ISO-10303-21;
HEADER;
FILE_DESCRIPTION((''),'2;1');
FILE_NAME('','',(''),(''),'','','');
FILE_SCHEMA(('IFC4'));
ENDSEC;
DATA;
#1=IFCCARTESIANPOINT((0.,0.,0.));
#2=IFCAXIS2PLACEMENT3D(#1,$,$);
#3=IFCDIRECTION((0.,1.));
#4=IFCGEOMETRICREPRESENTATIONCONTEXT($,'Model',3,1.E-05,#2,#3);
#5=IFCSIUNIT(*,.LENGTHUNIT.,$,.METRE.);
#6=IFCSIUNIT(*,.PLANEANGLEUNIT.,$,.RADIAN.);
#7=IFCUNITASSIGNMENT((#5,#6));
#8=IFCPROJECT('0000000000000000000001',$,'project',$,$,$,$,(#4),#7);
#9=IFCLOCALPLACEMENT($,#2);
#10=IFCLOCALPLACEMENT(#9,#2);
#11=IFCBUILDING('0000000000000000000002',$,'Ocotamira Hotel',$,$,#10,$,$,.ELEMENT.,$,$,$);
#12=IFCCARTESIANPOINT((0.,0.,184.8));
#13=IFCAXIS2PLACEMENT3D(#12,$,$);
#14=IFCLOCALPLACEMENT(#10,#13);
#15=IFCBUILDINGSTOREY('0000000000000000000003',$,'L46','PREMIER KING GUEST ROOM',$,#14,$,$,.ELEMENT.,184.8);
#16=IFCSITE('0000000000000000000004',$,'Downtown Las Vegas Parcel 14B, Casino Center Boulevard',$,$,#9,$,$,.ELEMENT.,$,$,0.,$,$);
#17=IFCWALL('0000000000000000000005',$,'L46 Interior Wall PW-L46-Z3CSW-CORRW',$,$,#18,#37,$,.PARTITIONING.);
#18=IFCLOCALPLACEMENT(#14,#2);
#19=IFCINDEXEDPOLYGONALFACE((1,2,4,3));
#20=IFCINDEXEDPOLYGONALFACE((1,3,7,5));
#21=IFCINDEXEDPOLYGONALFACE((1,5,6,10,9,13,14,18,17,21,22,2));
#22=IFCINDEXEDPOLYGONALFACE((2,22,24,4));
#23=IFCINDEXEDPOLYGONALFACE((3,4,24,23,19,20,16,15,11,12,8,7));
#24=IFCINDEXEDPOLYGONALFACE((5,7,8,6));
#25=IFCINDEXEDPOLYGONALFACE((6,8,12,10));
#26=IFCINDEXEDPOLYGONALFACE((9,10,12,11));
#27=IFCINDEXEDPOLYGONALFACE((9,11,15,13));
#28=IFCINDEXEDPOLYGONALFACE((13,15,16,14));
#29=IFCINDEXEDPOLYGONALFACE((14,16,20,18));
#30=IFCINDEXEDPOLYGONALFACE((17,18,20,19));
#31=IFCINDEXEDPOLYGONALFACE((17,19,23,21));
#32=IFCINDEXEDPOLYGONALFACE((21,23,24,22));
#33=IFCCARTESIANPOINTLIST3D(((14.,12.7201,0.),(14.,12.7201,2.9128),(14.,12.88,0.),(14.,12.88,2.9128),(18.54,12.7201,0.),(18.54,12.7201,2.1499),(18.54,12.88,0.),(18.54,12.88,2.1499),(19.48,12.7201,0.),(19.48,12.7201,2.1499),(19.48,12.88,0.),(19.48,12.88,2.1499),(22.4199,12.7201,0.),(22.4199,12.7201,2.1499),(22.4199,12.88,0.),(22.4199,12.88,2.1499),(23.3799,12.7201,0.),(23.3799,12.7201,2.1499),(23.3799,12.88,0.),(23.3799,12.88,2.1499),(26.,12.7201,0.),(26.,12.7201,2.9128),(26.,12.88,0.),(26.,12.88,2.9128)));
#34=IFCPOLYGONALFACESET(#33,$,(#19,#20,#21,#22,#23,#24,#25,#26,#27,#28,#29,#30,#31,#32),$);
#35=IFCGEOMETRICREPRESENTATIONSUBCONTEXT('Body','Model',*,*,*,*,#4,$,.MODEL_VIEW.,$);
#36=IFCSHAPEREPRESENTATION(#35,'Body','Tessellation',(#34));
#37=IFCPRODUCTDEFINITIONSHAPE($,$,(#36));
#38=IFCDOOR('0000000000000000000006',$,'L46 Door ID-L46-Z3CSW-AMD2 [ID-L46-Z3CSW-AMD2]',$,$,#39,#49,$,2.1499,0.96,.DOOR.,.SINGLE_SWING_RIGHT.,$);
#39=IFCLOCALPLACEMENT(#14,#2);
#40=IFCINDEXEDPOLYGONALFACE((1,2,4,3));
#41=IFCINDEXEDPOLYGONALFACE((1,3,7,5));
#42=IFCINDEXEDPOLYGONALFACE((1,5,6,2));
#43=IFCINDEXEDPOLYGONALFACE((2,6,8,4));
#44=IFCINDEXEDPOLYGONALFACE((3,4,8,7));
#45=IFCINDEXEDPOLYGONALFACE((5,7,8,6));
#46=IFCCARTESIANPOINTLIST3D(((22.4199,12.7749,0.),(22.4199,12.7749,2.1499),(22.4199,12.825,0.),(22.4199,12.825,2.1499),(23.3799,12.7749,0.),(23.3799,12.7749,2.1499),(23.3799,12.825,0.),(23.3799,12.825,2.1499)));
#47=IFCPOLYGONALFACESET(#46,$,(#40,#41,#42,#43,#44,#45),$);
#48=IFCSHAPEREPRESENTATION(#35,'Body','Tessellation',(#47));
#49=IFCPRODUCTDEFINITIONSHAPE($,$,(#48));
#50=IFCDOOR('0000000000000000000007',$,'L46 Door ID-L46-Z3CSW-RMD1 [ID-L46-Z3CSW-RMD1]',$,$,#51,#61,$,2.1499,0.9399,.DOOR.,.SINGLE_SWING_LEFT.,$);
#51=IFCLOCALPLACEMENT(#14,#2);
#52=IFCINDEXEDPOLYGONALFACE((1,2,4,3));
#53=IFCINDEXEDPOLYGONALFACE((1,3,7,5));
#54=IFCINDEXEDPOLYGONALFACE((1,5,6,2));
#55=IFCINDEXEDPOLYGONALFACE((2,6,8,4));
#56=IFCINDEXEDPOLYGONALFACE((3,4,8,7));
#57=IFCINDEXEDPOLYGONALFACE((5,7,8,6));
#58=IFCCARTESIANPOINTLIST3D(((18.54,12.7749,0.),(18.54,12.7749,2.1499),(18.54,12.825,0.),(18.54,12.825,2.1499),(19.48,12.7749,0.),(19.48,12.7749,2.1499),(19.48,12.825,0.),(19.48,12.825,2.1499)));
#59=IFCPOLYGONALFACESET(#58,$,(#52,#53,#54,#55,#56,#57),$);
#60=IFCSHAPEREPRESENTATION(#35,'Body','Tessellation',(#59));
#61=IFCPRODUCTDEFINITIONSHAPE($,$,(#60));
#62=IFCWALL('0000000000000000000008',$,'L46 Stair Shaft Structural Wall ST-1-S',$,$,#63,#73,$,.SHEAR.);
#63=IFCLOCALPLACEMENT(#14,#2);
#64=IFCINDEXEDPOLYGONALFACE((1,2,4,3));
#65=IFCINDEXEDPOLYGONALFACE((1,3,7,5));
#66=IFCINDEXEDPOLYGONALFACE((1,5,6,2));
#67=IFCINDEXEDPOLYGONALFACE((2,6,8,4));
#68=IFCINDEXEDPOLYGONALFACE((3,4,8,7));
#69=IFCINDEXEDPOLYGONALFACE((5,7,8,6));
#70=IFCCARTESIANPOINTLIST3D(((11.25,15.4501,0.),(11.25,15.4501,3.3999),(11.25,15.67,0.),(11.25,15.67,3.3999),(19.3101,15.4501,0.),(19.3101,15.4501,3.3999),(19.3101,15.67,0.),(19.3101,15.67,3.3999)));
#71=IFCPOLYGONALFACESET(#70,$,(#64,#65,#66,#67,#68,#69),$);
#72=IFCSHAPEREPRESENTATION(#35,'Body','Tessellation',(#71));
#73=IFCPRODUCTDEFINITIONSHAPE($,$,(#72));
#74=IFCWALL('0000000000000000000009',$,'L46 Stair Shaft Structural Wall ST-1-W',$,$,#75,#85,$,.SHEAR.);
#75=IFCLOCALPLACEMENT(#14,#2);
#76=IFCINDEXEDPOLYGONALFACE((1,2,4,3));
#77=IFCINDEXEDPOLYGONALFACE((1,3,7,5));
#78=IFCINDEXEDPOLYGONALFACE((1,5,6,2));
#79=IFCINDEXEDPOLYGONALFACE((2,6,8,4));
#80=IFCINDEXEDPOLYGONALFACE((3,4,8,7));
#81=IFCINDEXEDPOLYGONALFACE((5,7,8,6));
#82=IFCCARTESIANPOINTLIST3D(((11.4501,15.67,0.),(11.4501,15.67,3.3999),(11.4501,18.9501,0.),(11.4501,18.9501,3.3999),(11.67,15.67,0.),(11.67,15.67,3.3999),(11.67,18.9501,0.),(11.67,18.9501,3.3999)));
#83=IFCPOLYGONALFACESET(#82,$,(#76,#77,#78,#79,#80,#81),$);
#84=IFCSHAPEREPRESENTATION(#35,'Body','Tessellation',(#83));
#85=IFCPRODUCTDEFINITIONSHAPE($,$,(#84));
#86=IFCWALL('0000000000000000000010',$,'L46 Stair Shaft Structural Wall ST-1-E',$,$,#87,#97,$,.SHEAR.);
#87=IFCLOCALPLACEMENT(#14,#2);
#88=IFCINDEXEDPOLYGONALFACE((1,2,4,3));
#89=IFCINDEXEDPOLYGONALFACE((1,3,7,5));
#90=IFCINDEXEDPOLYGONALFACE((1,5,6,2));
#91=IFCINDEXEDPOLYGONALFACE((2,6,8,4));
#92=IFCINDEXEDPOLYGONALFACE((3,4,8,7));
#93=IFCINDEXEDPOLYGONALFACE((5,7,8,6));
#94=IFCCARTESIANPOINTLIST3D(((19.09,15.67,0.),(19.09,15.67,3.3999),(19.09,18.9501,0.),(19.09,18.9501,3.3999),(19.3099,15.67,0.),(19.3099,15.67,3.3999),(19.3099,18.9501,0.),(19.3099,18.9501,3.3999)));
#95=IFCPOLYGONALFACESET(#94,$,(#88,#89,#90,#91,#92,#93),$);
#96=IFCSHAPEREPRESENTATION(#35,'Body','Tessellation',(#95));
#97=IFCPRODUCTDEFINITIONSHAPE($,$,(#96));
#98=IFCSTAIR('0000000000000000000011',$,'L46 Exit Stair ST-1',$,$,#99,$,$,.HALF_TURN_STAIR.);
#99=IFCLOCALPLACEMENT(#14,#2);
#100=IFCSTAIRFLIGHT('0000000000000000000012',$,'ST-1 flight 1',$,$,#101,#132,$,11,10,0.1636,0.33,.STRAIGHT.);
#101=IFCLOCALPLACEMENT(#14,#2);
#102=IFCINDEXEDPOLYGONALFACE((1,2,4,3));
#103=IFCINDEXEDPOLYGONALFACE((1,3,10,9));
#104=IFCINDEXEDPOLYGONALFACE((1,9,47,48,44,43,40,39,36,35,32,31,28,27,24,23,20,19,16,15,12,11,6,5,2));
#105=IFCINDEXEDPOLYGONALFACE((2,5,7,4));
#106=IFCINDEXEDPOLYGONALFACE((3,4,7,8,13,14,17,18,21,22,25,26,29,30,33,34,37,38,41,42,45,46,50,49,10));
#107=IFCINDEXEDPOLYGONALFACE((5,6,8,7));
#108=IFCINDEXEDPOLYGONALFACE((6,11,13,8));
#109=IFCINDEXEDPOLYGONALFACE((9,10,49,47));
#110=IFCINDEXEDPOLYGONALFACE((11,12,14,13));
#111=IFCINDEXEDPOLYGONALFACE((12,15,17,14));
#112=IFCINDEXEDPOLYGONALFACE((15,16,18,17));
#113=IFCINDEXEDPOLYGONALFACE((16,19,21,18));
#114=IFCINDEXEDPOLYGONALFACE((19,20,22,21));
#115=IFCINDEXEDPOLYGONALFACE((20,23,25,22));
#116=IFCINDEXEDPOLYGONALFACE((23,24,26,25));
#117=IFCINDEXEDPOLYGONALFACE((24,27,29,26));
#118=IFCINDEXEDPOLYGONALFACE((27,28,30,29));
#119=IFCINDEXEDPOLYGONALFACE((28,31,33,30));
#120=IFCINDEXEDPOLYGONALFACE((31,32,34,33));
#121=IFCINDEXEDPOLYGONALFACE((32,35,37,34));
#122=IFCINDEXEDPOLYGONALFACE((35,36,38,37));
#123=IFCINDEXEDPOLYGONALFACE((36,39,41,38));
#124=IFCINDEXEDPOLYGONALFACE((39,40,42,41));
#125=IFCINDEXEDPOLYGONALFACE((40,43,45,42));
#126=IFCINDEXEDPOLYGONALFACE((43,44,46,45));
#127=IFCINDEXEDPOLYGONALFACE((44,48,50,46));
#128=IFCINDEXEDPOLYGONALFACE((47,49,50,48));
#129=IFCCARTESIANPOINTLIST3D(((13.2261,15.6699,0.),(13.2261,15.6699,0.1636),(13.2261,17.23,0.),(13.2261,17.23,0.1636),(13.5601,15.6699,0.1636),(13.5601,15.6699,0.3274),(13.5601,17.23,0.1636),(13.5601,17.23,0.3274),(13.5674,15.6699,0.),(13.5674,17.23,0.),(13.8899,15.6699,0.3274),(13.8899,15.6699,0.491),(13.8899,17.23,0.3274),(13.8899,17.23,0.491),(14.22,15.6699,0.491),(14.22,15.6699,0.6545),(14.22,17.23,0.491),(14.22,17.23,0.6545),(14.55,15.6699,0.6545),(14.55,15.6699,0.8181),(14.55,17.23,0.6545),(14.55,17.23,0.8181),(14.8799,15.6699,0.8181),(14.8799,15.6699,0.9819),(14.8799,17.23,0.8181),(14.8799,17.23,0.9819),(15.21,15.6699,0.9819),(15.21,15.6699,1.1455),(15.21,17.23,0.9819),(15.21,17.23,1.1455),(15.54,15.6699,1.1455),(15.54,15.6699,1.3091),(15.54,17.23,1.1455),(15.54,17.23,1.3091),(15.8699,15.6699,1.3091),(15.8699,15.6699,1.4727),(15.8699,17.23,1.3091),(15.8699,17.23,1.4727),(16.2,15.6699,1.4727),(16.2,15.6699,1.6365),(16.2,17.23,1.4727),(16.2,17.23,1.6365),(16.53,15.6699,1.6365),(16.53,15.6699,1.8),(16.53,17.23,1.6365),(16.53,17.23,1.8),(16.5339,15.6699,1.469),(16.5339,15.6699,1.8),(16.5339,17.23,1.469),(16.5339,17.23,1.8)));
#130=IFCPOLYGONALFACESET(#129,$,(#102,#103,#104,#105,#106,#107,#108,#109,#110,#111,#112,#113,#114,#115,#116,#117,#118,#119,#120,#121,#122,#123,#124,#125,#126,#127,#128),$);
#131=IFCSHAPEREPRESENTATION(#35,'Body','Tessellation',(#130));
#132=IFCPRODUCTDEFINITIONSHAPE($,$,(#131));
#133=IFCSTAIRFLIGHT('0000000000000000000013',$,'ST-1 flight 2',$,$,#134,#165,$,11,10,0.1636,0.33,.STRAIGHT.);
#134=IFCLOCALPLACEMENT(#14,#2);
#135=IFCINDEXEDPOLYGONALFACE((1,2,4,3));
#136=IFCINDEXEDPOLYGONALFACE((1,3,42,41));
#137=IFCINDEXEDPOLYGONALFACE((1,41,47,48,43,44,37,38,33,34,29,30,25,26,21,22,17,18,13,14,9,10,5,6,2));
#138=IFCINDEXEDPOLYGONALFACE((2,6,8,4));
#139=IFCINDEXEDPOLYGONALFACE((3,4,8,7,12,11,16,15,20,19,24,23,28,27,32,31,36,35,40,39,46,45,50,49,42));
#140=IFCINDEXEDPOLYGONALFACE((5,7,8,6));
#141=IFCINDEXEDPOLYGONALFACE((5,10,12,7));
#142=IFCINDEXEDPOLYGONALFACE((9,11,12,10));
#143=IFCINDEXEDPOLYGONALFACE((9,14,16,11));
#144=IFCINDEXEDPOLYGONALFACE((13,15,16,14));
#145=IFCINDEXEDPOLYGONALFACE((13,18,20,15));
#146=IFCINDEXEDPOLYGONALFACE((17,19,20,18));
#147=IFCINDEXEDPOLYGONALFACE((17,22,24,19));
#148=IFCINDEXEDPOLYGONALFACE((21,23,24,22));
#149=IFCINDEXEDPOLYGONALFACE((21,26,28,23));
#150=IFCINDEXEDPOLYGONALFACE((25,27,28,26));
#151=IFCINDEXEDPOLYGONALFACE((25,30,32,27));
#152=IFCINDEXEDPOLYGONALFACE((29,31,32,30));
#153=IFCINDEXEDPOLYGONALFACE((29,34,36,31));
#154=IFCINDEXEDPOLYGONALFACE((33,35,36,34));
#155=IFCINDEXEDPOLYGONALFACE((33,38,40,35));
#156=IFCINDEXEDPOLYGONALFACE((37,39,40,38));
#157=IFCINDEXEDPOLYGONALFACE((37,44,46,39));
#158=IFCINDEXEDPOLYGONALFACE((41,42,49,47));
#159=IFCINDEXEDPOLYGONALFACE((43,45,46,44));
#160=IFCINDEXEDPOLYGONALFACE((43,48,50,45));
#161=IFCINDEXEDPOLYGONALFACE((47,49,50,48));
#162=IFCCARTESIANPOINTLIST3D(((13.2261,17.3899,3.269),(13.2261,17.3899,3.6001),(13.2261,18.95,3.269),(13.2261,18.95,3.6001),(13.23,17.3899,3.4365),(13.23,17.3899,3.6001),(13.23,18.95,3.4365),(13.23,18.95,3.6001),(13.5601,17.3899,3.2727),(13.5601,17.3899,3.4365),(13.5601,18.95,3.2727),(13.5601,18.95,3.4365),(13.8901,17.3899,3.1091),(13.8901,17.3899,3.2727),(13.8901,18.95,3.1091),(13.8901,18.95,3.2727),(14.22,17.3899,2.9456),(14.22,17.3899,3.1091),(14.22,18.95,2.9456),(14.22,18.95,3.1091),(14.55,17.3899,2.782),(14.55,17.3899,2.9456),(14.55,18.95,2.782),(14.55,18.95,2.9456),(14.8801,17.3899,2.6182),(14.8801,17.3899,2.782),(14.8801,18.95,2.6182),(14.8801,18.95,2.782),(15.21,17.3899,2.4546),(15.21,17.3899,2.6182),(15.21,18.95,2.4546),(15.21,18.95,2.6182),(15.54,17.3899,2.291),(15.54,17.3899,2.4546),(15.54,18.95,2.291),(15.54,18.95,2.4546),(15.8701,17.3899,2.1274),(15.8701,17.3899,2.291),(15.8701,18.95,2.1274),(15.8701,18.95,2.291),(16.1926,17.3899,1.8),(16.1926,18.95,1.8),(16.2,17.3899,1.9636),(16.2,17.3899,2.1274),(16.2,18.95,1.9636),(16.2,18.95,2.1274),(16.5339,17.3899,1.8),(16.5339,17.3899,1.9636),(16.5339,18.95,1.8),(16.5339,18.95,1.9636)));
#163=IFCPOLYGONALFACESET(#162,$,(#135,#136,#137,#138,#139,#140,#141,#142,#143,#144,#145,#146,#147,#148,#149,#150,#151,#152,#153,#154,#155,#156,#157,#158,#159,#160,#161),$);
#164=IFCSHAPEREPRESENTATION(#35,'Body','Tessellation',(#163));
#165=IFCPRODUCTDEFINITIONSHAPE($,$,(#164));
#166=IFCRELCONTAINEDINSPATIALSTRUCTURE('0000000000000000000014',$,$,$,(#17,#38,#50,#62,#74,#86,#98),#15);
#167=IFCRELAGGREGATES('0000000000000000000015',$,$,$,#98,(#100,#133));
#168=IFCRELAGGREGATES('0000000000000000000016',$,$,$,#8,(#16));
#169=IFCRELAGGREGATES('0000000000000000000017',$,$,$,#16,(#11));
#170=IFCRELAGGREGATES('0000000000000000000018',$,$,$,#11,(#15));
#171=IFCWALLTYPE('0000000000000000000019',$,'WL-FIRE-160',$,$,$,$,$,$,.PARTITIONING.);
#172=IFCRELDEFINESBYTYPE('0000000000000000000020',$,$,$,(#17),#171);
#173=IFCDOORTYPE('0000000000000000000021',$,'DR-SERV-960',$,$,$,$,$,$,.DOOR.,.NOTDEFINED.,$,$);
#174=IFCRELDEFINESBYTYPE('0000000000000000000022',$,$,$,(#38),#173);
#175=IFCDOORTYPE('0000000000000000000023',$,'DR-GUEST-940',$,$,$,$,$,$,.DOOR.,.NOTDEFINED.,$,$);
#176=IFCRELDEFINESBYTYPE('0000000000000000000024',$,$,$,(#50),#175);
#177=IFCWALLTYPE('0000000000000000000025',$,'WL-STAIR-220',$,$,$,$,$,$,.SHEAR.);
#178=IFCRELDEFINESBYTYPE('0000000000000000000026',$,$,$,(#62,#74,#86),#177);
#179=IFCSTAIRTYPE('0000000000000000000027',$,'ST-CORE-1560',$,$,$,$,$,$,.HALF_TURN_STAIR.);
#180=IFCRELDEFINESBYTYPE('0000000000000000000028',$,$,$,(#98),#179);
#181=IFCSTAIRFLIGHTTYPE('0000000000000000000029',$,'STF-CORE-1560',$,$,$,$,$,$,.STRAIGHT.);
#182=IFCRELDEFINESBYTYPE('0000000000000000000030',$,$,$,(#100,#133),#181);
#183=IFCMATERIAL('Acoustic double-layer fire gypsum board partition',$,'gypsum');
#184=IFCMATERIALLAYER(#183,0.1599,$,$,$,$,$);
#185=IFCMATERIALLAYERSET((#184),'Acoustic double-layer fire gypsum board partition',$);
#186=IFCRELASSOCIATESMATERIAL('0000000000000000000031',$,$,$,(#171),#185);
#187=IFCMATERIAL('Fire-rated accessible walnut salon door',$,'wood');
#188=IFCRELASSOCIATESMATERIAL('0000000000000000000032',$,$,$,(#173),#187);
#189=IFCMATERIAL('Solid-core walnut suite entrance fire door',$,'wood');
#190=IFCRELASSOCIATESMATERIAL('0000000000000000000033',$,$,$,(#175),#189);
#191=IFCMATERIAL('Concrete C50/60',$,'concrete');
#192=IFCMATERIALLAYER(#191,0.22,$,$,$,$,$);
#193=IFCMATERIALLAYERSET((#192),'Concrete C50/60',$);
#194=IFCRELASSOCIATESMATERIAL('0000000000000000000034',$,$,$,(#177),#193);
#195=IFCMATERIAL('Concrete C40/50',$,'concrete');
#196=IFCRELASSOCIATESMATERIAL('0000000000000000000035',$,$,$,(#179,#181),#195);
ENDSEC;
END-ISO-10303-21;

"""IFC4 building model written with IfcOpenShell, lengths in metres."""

from ifc_helpers import new_model, si_unit, direction, frame, frame_2d, origin, place, context, subcontext, project, spatial, polyline, rectangle, outline, extrude, source, transform, mapped, material, layer, layer_set, type_object, element, fill, aggregate, save


model = new_model("IFC4")

# Units and contexts
model_context = context("Model", 3, precision=1e-05, world=origin(), true_north=direction((0.0, 1.0)))
body_context = subcontext(model_context, "Body", "Model", "MODEL_VIEW")
ifc_project = project(units=[si_unit("LENGTHUNIT", "METRE"), si_unit("PLANEANGLEUNIT", "RADIAN")], contexts=[model_context])

# Site, building, storey
site_placement = place(None, origin())
site = spatial("IfcSite", under=ifc_project, at=site_placement, Name="Downtown Las Vegas Parcel 14B, Casino Center Boulevard", CompositionType="ELEMENT", RefElevation=0.0)
building_placement = place(site_placement, origin())
building = spatial("IfcBuilding", under=site, at=building_placement, Name="Ocotamira Hotel", CompositionType="ELEMENT")
storey_placement = place(building_placement, frame((0.0, 0.0, 184.8)))
storey = spatial("IfcBuildingStorey", under=building, at=storey_placement, Name="L46", Description="PREMIER KING GUEST ROOM", CompositionType="ELEMENT", Elevation=184.8)

# Shared definitions
ifc_material_1 = material(Name="Concrete C50/60", Category="concrete")

# Wall, openings, doors
ifc_material_2 = material(Name="Acoustic double-layer fire gypsum board partition", Category="gypsum")
ifc_layer_1 = layer(ifc_material_2, 0.1599)
ifc_layer_set_1 = layer_set([ifc_layer_1], Name="Acoustic double-layer fire gypsum board partition")
wall_type_1 = type_object("IfcWallType", Name="WL-FIRE-160", PredefinedType="PARTITIONING", material=ifc_layer_set_1)
wall_1_placement = place(storey_placement, frame((14.0, 12.8, 0.0), z_axis=(0.0, 0.0, 1.0), x_axis=(1.0, 0.0, 0.0)))
wall_1 = element("IfcWall", 1, at=wall_1_placement, inside=storey, type_object=wall_type_1, Name="L46 Interior Wall PW-L46-Z3CSW-CORRW", PredefinedType="PARTITIONING", context=body_context, shape_type="SweptSolid", body=[
    extrude(rectangle(XDim=12.0, YDim=0.1599, at=frame_2d((6.0, 0.0))), origin(), (0.0, 0.0, 1.0), 2.9128),
])
opening_1_placement = place(wall_1_placement, frame((4.54, 0.0, 0.0)))
opening_1 = element("IfcOpeningElement", 2, at=opening_1_placement, cuts=wall_1, PredefinedType="OPENING", context=body_context, shape_type="SweptSolid", body=[
    extrude(rectangle(XDim=0.9399, YDim=2.1499, at=frame_2d((0.47, 1.075))), frame((0.0, 0.0898, 0.0), z_axis=(0.0, -1.0, 0.0), x_axis=(1.0, 0.0, 0.0)), (0.0, 0.0, 1.0), 0.1799),
])
opening_2_placement = place(wall_1_placement, frame((8.4199, 0.0, 0.0)))
opening_2 = element("IfcOpeningElement", 3, at=opening_2_placement, cuts=wall_1, PredefinedType="OPENING", context=body_context, shape_type="SweptSolid", body=[
    extrude(rectangle(XDim=0.96, YDim=2.1499, at=frame_2d((0.48, 1.075))), frame((0.0, 0.0898, 0.0), z_axis=(0.0, -1.0, 0.0), x_axis=(1.0, 0.0, 0.0)), (0.0, 0.0, 1.0), 0.1799),
])
ifc_material_3 = material(Name="Fire-rated accessible walnut salon door", Category="wood")
door_type_1 = type_object("IfcDoorType", Name="DR-SERV-960", OperationType="NOTDEFINED", PredefinedType="DOOR", material=ifc_material_3)
shared_shape_1 = source(origin(), body_context, "Body", "SweptSolid", [
    extrude(rectangle(XDim=0.96, YDim=2.1499, at=frame_2d((0.48, 1.075))), frame((0.0, 0.0249, 0.0), z_axis=(0.0, -1.0, 0.0), x_axis=(1.0, 0.0, 0.0)), (0.0, 0.0, 1.0), 0.05),
])
door_1_placement = place(opening_2_placement, origin())
door_1 = element("IfcDoor", 4, at=door_1_placement, inside=storey, type_object=door_type_1, Name="L46 Door ID-L46-Z3CSW-AMD2 [ID-L46-Z3CSW-AMD2]", OperationType="SINGLE_SWING_RIGHT", OverallHeight=2.1499, OverallWidth=0.96, PredefinedType="DOOR", context=body_context, shape_type="MappedRepresentation", body=[
    mapped(shared_shape_1, transform((0.0, 0.0, 0.0), scale=1.0)),
])
fill(opening_2, door_1)
ifc_material_4 = material(Name="Solid-core walnut suite entrance fire door", Category="wood")
door_type_2 = type_object("IfcDoorType", Name="DR-GUEST-940", OperationType="NOTDEFINED", PredefinedType="DOOR", material=ifc_material_4)
shared_shape_2 = source(origin(), body_context, "Body", "SweptSolid", [
    extrude(rectangle(XDim=0.9399, YDim=2.1499, at=frame_2d((0.47, 1.075))), frame((0.0, 0.0249, 0.0), z_axis=(0.0, -1.0, 0.0), x_axis=(1.0, 0.0, 0.0)), (0.0, 0.0, 1.0), 0.05),
])
door_2_placement = place(opening_1_placement, origin())
door_2 = element("IfcDoor", 5, at=door_2_placement, inside=storey, type_object=door_type_2, Name="L46 Door ID-L46-Z3CSW-RMD1 [ID-L46-Z3CSW-RMD1]", OperationType="SINGLE_SWING_LEFT", OverallHeight=2.1499, OverallWidth=0.9399, PredefinedType="DOOR", context=body_context, shape_type="MappedRepresentation", body=[
    mapped(shared_shape_2, transform((0.0, 0.0, 0.0), scale=1.0)),
])
fill(opening_1, door_2)

# Walls
ifc_layer_2 = layer(ifc_material_1, 0.22)
ifc_layer_set_2 = layer_set([ifc_layer_2], Name="Concrete C50/60")
wall_type_2 = type_object("IfcWallType", Name="WL-STAIR-220", PredefinedType="SHEAR", material=ifc_layer_set_2)
wall_2_placement = place(storey_placement, frame((11.25, 15.5601, 0.0), z_axis=(0.0, 0.0, 1.0), x_axis=(1.0, 0.0, 0.0)))
element("IfcWall", 6, at=wall_2_placement, inside=storey, type_object=wall_type_2, Name="L46 Stair Shaft Structural Wall ST-1-S", PredefinedType="SHEAR", context=body_context, shape_type="SweptSolid", body=[
    extrude(rectangle(XDim=8.0601, YDim=0.22, at=frame_2d((4.03, 0.0))), origin(), (0.0, 0.0, 1.0), 3.3999),
])
for number, where, z_axis, x_axis, name in (
    (7, (11.5601, 15.6699, 0.0), (0.0, 0.0, 1.0), (0.0, 1.0, 0.0), "L46 Stair Shaft Structural Wall ST-1-W"),
    (8, (19.2, 15.6699, 0.0), (0.0, 0.0, 1.0), (0.0, 1.0, 0.0), "L46 Stair Shaft Structural Wall ST-1-E"),
):
    element("IfcWall", number, at=place(storey_placement, frame(where, z_axis=z_axis, x_axis=x_axis)), inside=storey, type_object=wall_type_2, Name=name, PredefinedType="SHEAR", context=body_context, shape_type="SweptSolid", body=[
        extrude(rectangle(XDim=3.28, YDim=0.22, at=frame_2d((1.6401, 0.0))), origin(), (0.0, 0.0, 1.0), 3.3999),
    ])

# Stair, stair flights
ifc_material_5 = material(Name="Concrete C40/50", Category="concrete")
stair_type = type_object("IfcStairType", Name="ST-CORE-1560", PredefinedType="HALF_TURN_STAIR", material=ifc_material_5)
stair_placement = place(storey_placement, origin())
stair = element("IfcStair", 9, at=stair_placement, inside=storey, type_object=stair_type, Name="L46 Exit Stair ST-1", PredefinedType="HALF_TURN_STAIR")
stair_flight_type = type_object("IfcStairFlightType", Name="STF-CORE-1560", PredefinedType="STRAIGHT", material=ifc_material_5)
shared_shape_3 = source(origin(), body_context, "Body", "SweptSolid", [
    extrude(outline(polyline([(-0.0039, 0.0), (-0.0039, 0.1636), (0.3301, 0.1636), (0.3301, 0.3274), (0.6599, 0.3274), (0.6599, 0.491), (0.99, 0.491), (0.99, 0.6545), (1.3201, 0.6545), (1.3201, 0.8181), (1.6499, 0.8181), (1.6499, 0.9819), (1.98, 0.9819), (1.98, 1.1455), (2.3101, 1.1455), (2.3101, 1.3091), (2.6399, 1.3091), (2.6399, 1.4727), (2.97, 1.4727), (2.97, 1.6365), (3.3, 1.6365), (3.3, 1.8), (3.304, 1.8), (3.304, 1.469), (0.3374, 0.0), (-0.0039, 0.0)])), frame((0.0, 0.78, 0.0), z_axis=(0.0, -1.0, 0.0), x_axis=(1.0, 0.0, 0.0)), (0.0, 0.0, 1.0), 1.5601),
])
stair_flight_1_placement = place(storey_placement, frame((13.23, 16.45, 0.0), z_axis=(0.0, 0.0, 1.0), x_axis=(1.0, 0.0, 0.0)))
stair_flight_1 = element("IfcStairFlight", 10, at=stair_flight_1_placement, type_object=stair_flight_type, Name="ST-1 flight 1", NumberOfRisers=11, NumberOfTreads=10, PredefinedType="STRAIGHT", RiserHeight=0.1636, TreadLength=0.33, context=body_context, shape_type="MappedRepresentation", body=[
    mapped(shared_shape_3, transform((0.0, 0.0, 0.0), scale=1.0)),
])
stair_flight_2_placement = place(storey_placement, frame((16.53, 18.1699, 1.8), z_axis=(0.0, 0.0, 1.0), x_axis=(-1.0, 0.0, 0.0)))
stair_flight_2 = element("IfcStairFlight", 11, at=stair_flight_2_placement, type_object=stair_flight_type, Name="ST-1 flight 2", NumberOfRisers=11, NumberOfTreads=10, PredefinedType="STRAIGHT", RiserHeight=0.1636, TreadLength=0.33, context=body_context, shape_type="MappedRepresentation", body=[
    mapped(shared_shape_3, transform((0.0, 0.0, 0.0), scale=1.0)),
])
aggregate(stair, [stair_flight_1, stair_flight_2])

save(model, "model.ifc")
